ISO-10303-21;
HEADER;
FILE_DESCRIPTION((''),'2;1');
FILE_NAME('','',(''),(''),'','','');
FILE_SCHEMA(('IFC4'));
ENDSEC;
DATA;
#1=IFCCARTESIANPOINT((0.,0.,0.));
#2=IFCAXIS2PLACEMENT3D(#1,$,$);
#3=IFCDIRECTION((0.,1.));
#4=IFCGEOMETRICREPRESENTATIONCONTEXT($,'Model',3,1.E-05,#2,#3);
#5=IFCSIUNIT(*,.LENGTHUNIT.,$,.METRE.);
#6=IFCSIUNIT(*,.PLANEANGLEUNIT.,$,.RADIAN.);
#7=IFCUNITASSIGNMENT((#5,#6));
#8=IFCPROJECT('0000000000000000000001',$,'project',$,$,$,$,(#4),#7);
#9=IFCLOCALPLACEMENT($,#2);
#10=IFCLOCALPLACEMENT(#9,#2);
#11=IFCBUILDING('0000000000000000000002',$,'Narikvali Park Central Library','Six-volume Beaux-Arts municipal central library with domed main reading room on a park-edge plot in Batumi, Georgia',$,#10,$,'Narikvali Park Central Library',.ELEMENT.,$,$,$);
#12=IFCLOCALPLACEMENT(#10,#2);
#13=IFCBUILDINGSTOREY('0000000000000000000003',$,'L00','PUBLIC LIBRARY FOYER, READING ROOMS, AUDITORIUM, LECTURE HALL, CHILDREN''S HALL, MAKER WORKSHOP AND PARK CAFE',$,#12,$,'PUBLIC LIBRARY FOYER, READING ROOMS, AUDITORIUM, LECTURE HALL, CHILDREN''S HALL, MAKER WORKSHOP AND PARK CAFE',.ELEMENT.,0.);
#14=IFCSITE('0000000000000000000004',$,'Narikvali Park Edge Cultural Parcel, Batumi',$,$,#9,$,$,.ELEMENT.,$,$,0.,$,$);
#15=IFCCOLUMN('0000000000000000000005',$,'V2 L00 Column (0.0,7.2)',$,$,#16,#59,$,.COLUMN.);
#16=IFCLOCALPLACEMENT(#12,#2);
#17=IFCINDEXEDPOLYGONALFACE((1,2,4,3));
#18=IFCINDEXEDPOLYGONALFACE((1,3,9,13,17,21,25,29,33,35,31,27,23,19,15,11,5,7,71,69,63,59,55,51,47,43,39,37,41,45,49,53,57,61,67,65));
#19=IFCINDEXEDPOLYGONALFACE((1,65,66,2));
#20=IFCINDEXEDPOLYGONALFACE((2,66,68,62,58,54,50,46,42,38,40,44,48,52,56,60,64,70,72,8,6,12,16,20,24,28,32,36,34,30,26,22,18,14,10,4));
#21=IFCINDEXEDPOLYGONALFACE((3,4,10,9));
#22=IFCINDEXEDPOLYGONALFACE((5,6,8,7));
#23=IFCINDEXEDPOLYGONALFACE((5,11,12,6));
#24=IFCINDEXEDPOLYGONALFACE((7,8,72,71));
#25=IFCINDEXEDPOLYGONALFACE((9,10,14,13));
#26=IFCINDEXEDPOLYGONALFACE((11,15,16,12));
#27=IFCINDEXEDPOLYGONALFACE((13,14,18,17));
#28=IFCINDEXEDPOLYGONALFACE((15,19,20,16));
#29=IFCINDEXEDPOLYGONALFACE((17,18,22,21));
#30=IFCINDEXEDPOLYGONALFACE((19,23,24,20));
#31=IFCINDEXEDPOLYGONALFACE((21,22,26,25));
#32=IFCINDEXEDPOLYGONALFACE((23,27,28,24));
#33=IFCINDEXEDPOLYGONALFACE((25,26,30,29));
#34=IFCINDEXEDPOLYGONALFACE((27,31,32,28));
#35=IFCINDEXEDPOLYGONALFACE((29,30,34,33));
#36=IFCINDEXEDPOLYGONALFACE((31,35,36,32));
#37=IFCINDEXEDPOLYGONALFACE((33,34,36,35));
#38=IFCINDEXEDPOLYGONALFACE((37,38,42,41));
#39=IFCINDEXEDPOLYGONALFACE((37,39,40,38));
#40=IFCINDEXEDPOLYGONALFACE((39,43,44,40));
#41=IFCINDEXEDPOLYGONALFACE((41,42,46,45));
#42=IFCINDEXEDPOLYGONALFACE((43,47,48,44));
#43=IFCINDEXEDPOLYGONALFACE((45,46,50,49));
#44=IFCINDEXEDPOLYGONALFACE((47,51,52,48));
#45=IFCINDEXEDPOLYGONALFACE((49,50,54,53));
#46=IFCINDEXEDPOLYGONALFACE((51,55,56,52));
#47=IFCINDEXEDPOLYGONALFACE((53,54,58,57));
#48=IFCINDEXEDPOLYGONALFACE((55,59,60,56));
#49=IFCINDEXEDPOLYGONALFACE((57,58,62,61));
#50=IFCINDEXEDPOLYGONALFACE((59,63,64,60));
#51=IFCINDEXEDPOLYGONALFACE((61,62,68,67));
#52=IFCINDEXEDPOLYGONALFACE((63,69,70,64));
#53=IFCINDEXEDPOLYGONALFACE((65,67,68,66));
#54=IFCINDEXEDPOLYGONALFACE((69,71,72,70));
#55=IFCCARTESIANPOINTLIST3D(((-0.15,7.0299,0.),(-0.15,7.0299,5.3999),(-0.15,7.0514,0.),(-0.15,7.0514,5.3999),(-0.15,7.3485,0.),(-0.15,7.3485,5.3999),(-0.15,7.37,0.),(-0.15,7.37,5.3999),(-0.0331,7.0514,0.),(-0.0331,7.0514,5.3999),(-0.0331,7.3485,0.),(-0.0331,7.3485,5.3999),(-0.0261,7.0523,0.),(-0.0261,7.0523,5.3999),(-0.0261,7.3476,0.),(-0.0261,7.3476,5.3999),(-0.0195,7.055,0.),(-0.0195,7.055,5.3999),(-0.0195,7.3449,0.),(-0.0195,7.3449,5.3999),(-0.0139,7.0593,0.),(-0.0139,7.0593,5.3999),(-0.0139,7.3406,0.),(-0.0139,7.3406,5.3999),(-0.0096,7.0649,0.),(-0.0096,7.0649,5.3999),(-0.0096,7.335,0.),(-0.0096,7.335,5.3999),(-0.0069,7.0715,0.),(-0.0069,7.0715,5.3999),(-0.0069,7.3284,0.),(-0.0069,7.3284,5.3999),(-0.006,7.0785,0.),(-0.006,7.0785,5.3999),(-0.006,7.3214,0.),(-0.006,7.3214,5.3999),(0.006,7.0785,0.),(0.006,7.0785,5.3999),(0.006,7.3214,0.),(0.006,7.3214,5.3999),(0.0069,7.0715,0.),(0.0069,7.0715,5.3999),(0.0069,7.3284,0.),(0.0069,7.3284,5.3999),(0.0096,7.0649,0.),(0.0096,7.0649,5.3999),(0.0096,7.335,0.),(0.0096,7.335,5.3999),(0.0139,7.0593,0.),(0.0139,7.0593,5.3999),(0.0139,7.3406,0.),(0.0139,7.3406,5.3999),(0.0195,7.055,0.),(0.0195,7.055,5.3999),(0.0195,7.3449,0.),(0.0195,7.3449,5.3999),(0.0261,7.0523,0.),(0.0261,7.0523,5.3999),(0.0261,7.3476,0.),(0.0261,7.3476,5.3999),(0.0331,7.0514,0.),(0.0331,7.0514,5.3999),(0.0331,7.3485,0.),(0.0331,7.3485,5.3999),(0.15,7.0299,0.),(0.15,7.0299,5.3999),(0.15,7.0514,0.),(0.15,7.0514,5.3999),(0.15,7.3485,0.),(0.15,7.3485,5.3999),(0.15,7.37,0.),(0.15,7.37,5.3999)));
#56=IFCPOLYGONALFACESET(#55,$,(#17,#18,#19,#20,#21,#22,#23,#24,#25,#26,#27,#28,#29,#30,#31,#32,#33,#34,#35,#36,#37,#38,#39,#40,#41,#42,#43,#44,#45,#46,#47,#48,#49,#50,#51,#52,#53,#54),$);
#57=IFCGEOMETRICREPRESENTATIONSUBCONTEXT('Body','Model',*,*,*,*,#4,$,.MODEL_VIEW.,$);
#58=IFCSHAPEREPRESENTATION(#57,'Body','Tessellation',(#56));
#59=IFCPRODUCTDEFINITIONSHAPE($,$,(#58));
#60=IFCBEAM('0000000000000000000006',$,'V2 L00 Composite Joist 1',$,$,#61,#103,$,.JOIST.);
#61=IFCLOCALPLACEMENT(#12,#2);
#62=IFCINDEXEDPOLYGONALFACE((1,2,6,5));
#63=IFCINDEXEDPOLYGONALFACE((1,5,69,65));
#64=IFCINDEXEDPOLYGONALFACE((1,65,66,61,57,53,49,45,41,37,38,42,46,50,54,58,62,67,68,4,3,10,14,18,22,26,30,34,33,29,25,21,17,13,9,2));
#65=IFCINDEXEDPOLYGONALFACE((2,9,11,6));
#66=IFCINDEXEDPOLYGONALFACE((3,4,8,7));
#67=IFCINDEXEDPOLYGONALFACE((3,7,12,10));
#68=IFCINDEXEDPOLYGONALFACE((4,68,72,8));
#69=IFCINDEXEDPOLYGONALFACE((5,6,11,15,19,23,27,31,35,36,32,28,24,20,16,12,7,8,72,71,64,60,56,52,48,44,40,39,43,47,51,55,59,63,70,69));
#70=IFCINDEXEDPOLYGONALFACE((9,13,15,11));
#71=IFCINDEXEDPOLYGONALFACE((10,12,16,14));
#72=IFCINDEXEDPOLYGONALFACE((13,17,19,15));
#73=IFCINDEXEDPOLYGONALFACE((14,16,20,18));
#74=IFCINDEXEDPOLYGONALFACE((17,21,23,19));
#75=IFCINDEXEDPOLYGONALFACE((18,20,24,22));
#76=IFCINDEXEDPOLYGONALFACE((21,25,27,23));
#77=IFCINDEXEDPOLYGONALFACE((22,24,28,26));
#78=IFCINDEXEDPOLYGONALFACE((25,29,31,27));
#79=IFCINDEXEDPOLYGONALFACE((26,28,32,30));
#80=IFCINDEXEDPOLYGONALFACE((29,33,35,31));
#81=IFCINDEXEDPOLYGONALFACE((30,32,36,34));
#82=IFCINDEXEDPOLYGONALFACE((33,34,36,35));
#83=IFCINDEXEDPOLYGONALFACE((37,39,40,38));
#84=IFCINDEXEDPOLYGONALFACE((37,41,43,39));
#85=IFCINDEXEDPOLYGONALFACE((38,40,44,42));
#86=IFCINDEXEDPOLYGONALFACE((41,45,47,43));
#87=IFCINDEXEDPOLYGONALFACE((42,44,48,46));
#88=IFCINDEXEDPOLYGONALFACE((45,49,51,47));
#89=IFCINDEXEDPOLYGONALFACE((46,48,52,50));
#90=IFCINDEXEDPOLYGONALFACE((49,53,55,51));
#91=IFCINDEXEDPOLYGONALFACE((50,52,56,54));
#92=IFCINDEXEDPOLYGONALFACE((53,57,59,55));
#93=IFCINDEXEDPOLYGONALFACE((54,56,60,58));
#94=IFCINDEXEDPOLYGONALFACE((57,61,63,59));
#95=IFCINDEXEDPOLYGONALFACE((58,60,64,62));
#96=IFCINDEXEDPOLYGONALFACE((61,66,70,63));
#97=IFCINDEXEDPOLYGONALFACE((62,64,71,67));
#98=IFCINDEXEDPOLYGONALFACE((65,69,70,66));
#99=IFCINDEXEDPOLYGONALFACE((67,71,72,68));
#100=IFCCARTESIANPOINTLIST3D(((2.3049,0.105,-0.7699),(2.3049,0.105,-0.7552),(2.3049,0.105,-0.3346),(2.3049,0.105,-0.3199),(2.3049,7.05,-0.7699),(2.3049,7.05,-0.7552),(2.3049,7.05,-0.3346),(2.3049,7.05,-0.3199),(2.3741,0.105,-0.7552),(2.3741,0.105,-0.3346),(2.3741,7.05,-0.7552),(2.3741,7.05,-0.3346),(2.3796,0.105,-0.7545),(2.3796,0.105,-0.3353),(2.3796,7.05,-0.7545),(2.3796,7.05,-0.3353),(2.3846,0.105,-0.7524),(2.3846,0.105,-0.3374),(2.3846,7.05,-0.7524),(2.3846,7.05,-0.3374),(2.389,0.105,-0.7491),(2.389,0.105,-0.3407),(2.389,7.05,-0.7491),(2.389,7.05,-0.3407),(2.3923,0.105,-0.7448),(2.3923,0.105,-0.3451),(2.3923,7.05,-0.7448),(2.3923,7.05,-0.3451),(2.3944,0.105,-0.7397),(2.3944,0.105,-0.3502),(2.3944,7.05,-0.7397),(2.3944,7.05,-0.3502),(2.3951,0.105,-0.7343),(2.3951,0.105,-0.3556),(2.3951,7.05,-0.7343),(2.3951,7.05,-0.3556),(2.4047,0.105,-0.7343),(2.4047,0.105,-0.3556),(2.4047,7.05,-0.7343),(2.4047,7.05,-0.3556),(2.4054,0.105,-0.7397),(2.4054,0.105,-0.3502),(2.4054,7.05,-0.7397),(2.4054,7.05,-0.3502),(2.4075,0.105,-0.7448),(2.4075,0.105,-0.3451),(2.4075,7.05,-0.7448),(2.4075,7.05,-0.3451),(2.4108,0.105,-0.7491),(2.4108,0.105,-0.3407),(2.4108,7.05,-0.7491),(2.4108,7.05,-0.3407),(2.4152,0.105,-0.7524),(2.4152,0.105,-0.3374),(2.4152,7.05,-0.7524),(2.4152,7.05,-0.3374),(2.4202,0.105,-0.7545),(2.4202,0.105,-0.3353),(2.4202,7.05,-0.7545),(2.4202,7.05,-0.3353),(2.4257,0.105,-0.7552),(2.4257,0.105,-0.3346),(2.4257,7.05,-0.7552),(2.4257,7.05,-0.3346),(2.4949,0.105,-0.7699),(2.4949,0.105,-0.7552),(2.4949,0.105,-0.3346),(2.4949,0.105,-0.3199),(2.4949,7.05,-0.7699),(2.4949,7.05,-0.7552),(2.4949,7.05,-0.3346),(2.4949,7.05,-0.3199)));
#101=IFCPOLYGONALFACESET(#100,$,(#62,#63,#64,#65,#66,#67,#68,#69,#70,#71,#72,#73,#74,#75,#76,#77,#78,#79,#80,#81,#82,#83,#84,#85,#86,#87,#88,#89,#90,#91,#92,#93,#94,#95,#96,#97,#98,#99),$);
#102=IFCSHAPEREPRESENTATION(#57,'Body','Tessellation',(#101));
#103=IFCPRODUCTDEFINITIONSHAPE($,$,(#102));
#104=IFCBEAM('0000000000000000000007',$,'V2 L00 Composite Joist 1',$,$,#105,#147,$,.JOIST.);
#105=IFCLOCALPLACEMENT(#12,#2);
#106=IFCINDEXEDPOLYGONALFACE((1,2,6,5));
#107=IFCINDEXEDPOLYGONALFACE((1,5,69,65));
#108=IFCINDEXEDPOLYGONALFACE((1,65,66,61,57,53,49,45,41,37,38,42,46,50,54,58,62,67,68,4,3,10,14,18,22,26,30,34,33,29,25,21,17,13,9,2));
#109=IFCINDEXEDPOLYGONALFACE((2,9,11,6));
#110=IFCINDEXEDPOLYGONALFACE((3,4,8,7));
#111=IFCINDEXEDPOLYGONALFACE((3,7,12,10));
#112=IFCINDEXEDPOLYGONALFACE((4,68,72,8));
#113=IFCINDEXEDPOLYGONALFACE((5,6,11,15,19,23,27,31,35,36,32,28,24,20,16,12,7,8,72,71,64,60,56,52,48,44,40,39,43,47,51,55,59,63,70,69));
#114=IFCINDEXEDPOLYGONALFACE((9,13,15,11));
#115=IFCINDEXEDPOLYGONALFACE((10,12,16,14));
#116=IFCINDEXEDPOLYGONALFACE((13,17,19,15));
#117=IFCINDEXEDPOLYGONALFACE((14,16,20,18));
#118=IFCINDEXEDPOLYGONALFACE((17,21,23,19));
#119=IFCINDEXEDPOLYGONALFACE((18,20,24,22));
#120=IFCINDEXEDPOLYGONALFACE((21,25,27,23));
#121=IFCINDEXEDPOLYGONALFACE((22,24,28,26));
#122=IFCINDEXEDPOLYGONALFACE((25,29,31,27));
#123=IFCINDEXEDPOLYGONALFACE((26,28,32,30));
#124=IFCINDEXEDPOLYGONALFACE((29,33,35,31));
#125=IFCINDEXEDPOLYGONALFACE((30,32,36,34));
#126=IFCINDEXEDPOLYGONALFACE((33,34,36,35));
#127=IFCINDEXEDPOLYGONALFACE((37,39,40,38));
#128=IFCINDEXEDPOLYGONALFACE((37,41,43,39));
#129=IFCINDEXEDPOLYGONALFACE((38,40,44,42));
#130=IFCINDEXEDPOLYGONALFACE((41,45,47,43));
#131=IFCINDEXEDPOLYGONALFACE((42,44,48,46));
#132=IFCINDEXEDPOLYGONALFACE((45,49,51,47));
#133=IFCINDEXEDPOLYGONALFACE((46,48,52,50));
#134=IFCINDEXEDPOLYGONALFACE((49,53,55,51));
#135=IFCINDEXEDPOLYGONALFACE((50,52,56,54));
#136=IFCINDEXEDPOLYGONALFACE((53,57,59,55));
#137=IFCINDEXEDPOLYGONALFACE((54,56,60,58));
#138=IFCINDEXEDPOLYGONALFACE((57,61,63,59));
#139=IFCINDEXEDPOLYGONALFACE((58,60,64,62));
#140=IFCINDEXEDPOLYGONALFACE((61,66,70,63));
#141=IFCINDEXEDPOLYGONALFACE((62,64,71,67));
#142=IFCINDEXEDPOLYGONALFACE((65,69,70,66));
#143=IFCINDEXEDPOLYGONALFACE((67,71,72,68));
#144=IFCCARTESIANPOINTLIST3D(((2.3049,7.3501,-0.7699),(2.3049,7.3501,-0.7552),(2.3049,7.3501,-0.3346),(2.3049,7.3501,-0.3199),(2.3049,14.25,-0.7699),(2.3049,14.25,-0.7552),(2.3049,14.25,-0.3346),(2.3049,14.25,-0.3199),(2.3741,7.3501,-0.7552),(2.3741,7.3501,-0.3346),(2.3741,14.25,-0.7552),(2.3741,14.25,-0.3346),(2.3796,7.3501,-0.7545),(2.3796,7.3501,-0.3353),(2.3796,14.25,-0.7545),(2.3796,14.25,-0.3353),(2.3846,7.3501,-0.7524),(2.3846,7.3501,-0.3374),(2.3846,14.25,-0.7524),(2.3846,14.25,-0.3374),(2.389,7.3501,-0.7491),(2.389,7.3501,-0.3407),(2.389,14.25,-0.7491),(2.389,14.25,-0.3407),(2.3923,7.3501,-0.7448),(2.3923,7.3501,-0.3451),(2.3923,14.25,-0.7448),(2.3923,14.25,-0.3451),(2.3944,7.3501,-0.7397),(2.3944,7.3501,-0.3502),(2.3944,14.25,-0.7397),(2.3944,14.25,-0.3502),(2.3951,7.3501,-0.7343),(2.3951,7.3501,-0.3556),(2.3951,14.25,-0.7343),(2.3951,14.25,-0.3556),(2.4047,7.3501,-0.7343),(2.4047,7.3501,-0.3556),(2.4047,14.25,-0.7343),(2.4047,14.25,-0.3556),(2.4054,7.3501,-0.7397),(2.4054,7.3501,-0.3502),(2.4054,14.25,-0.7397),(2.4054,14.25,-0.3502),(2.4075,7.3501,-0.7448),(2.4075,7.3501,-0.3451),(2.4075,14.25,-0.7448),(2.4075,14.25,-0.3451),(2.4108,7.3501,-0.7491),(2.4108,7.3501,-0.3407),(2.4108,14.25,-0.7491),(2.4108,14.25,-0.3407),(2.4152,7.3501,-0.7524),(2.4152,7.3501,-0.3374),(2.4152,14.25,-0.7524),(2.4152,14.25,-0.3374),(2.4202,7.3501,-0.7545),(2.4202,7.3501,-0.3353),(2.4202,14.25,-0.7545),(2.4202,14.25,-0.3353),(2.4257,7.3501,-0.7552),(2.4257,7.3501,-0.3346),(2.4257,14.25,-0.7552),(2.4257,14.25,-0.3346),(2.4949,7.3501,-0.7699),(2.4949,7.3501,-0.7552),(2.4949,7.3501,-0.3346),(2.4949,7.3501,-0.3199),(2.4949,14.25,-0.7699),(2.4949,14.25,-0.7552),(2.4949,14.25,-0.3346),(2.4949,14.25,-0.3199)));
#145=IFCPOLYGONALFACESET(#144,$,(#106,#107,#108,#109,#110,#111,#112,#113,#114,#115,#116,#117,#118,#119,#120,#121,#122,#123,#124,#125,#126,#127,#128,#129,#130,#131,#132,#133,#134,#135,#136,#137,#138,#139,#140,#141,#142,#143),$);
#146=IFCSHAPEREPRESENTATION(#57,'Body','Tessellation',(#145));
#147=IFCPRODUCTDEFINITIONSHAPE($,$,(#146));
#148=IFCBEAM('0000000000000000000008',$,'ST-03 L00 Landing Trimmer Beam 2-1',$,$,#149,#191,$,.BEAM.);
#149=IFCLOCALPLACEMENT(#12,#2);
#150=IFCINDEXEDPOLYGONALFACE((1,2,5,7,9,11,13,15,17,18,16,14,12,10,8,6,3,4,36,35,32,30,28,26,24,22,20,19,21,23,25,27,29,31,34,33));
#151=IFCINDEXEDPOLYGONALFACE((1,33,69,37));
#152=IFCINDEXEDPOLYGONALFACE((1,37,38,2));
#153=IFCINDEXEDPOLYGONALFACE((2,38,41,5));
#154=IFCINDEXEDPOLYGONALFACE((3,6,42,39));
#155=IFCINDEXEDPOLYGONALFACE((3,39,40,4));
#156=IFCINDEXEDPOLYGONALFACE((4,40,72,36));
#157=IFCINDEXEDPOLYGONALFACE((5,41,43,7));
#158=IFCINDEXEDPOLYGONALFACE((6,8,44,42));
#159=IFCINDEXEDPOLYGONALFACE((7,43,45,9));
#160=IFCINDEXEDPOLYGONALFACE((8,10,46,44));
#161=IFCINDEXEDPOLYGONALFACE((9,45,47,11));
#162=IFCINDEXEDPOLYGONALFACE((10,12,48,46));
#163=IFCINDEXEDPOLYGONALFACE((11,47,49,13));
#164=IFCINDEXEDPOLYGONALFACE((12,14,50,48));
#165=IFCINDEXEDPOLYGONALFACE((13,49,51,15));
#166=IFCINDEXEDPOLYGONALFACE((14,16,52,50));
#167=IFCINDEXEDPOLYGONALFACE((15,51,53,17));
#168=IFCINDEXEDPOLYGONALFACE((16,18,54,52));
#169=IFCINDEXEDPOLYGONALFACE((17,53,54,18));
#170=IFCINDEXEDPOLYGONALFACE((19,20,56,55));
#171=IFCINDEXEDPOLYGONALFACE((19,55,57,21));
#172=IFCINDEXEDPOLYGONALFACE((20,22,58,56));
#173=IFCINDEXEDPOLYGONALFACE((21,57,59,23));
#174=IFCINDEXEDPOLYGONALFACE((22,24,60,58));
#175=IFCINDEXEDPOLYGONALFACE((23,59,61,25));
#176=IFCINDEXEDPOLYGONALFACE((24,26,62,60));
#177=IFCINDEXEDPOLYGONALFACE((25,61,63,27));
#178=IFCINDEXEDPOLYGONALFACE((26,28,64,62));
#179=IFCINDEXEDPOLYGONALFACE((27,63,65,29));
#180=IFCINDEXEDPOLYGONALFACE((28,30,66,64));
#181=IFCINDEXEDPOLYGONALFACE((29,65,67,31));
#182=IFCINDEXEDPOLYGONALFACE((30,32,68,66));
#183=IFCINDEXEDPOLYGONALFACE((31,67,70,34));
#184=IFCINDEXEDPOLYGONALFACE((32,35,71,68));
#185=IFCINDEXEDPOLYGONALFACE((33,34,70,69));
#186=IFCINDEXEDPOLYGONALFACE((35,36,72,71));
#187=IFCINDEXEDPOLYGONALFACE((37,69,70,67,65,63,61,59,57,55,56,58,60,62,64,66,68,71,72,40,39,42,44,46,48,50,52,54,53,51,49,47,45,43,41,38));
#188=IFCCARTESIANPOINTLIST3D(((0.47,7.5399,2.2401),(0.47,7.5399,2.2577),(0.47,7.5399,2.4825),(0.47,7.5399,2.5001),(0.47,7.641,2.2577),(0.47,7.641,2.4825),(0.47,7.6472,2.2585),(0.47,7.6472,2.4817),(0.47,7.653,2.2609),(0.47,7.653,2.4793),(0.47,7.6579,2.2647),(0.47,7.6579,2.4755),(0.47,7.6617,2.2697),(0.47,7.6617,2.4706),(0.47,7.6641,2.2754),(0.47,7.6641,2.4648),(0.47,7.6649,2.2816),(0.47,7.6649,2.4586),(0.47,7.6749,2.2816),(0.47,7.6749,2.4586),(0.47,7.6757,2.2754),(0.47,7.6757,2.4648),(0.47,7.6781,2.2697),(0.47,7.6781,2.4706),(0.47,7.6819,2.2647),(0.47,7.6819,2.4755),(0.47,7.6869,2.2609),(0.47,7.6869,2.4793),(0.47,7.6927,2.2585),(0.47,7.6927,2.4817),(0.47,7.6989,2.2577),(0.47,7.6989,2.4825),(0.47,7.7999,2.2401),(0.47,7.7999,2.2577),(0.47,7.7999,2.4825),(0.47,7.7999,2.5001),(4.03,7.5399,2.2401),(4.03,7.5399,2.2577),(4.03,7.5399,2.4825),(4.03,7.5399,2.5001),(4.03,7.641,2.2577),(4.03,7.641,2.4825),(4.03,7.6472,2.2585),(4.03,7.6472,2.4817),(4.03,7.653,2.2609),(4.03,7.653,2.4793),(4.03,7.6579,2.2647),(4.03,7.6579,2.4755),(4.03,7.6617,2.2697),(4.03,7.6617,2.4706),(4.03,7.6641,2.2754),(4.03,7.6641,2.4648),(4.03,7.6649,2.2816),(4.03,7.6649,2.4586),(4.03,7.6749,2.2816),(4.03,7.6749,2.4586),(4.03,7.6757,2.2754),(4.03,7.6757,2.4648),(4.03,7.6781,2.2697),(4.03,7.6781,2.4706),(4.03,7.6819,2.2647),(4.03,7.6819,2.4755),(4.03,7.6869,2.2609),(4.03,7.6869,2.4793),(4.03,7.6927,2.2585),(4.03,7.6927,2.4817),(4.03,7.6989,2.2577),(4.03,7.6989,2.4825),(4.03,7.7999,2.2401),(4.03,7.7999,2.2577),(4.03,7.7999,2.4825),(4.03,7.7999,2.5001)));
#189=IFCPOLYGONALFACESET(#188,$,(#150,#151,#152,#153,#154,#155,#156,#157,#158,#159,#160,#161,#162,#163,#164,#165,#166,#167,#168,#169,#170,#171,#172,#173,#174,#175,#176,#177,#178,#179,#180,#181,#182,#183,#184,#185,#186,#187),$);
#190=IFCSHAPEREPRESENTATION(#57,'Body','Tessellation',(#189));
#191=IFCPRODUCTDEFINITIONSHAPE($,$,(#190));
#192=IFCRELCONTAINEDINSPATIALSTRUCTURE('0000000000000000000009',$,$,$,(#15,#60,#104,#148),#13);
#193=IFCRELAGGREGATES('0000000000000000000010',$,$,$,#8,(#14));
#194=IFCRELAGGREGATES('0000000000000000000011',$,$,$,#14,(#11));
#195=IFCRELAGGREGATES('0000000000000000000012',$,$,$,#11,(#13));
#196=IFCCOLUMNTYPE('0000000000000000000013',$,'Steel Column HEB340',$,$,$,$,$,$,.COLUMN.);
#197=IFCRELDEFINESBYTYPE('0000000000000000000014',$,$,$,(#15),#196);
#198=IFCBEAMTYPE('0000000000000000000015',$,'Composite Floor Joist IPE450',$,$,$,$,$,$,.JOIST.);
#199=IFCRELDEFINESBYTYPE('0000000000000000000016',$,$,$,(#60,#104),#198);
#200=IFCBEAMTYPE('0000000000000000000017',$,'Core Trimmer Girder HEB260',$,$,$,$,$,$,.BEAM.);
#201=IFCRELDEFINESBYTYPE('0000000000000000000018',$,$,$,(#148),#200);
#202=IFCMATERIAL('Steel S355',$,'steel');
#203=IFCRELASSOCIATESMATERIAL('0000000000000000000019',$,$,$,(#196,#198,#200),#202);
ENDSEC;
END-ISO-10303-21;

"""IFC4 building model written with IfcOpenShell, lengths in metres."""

from ifc_helpers import new_model, si_unit, direction, frame, origin, origin_2d, place, context, subcontext, project, spatial, i_section, extrude, material, material_profile, profile_set, type_object, element, save


model = new_model("IFC4")

# Units and contexts
model_context = context("Model", 3, precision=1e-05, world=origin(), true_north=direction((0.0, 1.0)))
body_context = subcontext(model_context, "Body", "Model", "MODEL_VIEW")
ifc_project = project(units=[si_unit("LENGTHUNIT", "METRE"), si_unit("PLANEANGLEUNIT", "RADIAN")], contexts=[model_context])

# Site, building, storey
site_placement = place(None, origin())
site = spatial("IfcSite", under=ifc_project, at=site_placement, Name="Narikvali Park Edge Cultural Parcel, Batumi", CompositionType="ELEMENT", RefElevation=0.0)
building_placement = place(site_placement, origin())
building = spatial("IfcBuilding", under=site, at=building_placement, Name="Narikvali Park Central Library", Description="Six-volume Beaux-Arts municipal central library with domed main reading room on a park-edge plot in Batumi, Georgia", LongName="Narikvali Park Central Library", CompositionType="ELEMENT")
storey_placement = place(building_placement, origin())
storey = spatial("IfcBuildingStorey", under=building, at=storey_placement, Name="L00", Description="PUBLIC LIBRARY FOYER, READING ROOMS, AUDITORIUM, LECTURE HALL, CHILDREN'S HALL, MAKER WORKSHOP AND PARK CAFE", LongName="PUBLIC LIBRARY FOYER, READING ROOMS, AUDITORIUM, LECTURE HALL, CHILDREN'S HALL, MAKER WORKSHOP AND PARK CAFE", CompositionType="ELEMENT", Elevation=0.0)

# Column
ifc_material_1 = material(Name="Steel S355", Category="steel")
ifc_material_profile_1 = material_profile(ifc_material_1, i_section(OverallWidth=0.3, OverallDepth=0.3401, WebThickness=0.012, FlangeThickness=0.0215, FilletRadius=0.0271, at=origin_2d()), Name="HEB 340")
ifc_profile_set_1 = profile_set([ifc_material_profile_1], Name="Steel S355")
column_type = type_object("IfcColumnType", Name="Steel Column HEB340", PredefinedType="COLUMN", material=ifc_profile_set_1)
column_placement = place(storey_placement, frame((0.0, 7.2, 0.0), z_axis=(0.0, 0.0, 1.0), x_axis=(1.0, 0.0, 0.0)))
element("IfcColumn", 1, at=column_placement, inside=storey, type_object=column_type, Name="V2 L00 Column (0.0,7.2)", PredefinedType="COLUMN", context=body_context, shape_type="SweptSolid", body=[
    extrude(i_section(OverallWidth=0.3, OverallDepth=0.3401, WebThickness=0.012, FlangeThickness=0.0215, FilletRadius=0.0271, at=origin_2d()), origin(), (0.0, 0.0, 1.0), 5.3999),
])

# Beams
ifc_material_profile_2 = material_profile(ifc_material_1, i_section(OverallWidth=0.1899, OverallDepth=0.45, WebThickness=0.0095, FlangeThickness=0.0146, FilletRadius=0.021, at=origin_2d()), Name="IPE 450")
ifc_profile_set_2 = profile_set([ifc_material_profile_2], Name="Steel S355")
beam_type_1 = type_object("IfcBeamType", Name="Composite Floor Joist IPE450", PredefinedType="JOIST", material=ifc_profile_set_2)
beam_1_placement = place(storey_placement, frame((2.3999, 0.105, -0.5449), z_axis=(0.0, 1.0, 0.0), x_axis=(-1.0, 0.0, 0.0)))
element("IfcBeam", 2, at=beam_1_placement, inside=storey, type_object=beam_type_1, Name="V2 L00 Composite Joist 1", PredefinedType="JOIST", context=body_context, shape_type="SweptSolid", body=[
    extrude(i_section(OverallWidth=0.1899, OverallDepth=0.45, WebThickness=0.0095, FlangeThickness=0.0146, FilletRadius=0.021, at=origin_2d()), origin(), (0.0, 0.0, 1.0), 6.9451),
])
beam_2_placement = place(storey_placement, frame((2.3999, 7.3501, -0.5449), z_axis=(0.0, 1.0, 0.0), x_axis=(-1.0, 0.0, 0.0)))
element("IfcBeam", 3, at=beam_2_placement, inside=storey, type_object=beam_type_1, Name="V2 L00 Composite Joist 1", PredefinedType="JOIST", context=body_context, shape_type="SweptSolid", body=[
    extrude(i_section(OverallWidth=0.1899, OverallDepth=0.45, WebThickness=0.0095, FlangeThickness=0.0146, FilletRadius=0.021, at=origin_2d()), origin(), (0.0, 0.0, 1.0), 6.8999),
])
ifc_material_profile_3 = material_profile(ifc_material_1, i_section(OverallWidth=0.26, OverallDepth=0.26, WebThickness=0.01, FlangeThickness=0.0176, FilletRadius=0.0239, at=origin_2d()), Name="HEB 260")
ifc_profile_set_3 = profile_set([ifc_material_profile_3], Name="Steel S355")
beam_type_2 = type_object("IfcBeamType", Name="Core Trimmer Girder HEB260", PredefinedType="BEAM", material=ifc_profile_set_3)
for number, where, z_axis, x_axis, name in (
    (4, (0.47, 7.6699, 2.3701), (1.0, 0.0, 0.0), (0.0, 1.0, 0.0), "ST-03 L00 Landing Trimmer Beam 2-1"),
):
    element("IfcBeam", number, at=place(storey_placement, frame(where, z_axis=z_axis, x_axis=x_axis)), inside=storey, type_object=beam_type_2, Name=name, PredefinedType="BEAM", context=body_context, shape_type="SweptSolid", body=[
        extrude(i_section(OverallWidth=0.26, OverallDepth=0.26, WebThickness=0.01, FlangeThickness=0.0176, FilletRadius=0.0239, at=origin_2d()), origin(), (0.0, 0.0, 1.0), 3.5601),
    ])

save(model, "model.ifc")
